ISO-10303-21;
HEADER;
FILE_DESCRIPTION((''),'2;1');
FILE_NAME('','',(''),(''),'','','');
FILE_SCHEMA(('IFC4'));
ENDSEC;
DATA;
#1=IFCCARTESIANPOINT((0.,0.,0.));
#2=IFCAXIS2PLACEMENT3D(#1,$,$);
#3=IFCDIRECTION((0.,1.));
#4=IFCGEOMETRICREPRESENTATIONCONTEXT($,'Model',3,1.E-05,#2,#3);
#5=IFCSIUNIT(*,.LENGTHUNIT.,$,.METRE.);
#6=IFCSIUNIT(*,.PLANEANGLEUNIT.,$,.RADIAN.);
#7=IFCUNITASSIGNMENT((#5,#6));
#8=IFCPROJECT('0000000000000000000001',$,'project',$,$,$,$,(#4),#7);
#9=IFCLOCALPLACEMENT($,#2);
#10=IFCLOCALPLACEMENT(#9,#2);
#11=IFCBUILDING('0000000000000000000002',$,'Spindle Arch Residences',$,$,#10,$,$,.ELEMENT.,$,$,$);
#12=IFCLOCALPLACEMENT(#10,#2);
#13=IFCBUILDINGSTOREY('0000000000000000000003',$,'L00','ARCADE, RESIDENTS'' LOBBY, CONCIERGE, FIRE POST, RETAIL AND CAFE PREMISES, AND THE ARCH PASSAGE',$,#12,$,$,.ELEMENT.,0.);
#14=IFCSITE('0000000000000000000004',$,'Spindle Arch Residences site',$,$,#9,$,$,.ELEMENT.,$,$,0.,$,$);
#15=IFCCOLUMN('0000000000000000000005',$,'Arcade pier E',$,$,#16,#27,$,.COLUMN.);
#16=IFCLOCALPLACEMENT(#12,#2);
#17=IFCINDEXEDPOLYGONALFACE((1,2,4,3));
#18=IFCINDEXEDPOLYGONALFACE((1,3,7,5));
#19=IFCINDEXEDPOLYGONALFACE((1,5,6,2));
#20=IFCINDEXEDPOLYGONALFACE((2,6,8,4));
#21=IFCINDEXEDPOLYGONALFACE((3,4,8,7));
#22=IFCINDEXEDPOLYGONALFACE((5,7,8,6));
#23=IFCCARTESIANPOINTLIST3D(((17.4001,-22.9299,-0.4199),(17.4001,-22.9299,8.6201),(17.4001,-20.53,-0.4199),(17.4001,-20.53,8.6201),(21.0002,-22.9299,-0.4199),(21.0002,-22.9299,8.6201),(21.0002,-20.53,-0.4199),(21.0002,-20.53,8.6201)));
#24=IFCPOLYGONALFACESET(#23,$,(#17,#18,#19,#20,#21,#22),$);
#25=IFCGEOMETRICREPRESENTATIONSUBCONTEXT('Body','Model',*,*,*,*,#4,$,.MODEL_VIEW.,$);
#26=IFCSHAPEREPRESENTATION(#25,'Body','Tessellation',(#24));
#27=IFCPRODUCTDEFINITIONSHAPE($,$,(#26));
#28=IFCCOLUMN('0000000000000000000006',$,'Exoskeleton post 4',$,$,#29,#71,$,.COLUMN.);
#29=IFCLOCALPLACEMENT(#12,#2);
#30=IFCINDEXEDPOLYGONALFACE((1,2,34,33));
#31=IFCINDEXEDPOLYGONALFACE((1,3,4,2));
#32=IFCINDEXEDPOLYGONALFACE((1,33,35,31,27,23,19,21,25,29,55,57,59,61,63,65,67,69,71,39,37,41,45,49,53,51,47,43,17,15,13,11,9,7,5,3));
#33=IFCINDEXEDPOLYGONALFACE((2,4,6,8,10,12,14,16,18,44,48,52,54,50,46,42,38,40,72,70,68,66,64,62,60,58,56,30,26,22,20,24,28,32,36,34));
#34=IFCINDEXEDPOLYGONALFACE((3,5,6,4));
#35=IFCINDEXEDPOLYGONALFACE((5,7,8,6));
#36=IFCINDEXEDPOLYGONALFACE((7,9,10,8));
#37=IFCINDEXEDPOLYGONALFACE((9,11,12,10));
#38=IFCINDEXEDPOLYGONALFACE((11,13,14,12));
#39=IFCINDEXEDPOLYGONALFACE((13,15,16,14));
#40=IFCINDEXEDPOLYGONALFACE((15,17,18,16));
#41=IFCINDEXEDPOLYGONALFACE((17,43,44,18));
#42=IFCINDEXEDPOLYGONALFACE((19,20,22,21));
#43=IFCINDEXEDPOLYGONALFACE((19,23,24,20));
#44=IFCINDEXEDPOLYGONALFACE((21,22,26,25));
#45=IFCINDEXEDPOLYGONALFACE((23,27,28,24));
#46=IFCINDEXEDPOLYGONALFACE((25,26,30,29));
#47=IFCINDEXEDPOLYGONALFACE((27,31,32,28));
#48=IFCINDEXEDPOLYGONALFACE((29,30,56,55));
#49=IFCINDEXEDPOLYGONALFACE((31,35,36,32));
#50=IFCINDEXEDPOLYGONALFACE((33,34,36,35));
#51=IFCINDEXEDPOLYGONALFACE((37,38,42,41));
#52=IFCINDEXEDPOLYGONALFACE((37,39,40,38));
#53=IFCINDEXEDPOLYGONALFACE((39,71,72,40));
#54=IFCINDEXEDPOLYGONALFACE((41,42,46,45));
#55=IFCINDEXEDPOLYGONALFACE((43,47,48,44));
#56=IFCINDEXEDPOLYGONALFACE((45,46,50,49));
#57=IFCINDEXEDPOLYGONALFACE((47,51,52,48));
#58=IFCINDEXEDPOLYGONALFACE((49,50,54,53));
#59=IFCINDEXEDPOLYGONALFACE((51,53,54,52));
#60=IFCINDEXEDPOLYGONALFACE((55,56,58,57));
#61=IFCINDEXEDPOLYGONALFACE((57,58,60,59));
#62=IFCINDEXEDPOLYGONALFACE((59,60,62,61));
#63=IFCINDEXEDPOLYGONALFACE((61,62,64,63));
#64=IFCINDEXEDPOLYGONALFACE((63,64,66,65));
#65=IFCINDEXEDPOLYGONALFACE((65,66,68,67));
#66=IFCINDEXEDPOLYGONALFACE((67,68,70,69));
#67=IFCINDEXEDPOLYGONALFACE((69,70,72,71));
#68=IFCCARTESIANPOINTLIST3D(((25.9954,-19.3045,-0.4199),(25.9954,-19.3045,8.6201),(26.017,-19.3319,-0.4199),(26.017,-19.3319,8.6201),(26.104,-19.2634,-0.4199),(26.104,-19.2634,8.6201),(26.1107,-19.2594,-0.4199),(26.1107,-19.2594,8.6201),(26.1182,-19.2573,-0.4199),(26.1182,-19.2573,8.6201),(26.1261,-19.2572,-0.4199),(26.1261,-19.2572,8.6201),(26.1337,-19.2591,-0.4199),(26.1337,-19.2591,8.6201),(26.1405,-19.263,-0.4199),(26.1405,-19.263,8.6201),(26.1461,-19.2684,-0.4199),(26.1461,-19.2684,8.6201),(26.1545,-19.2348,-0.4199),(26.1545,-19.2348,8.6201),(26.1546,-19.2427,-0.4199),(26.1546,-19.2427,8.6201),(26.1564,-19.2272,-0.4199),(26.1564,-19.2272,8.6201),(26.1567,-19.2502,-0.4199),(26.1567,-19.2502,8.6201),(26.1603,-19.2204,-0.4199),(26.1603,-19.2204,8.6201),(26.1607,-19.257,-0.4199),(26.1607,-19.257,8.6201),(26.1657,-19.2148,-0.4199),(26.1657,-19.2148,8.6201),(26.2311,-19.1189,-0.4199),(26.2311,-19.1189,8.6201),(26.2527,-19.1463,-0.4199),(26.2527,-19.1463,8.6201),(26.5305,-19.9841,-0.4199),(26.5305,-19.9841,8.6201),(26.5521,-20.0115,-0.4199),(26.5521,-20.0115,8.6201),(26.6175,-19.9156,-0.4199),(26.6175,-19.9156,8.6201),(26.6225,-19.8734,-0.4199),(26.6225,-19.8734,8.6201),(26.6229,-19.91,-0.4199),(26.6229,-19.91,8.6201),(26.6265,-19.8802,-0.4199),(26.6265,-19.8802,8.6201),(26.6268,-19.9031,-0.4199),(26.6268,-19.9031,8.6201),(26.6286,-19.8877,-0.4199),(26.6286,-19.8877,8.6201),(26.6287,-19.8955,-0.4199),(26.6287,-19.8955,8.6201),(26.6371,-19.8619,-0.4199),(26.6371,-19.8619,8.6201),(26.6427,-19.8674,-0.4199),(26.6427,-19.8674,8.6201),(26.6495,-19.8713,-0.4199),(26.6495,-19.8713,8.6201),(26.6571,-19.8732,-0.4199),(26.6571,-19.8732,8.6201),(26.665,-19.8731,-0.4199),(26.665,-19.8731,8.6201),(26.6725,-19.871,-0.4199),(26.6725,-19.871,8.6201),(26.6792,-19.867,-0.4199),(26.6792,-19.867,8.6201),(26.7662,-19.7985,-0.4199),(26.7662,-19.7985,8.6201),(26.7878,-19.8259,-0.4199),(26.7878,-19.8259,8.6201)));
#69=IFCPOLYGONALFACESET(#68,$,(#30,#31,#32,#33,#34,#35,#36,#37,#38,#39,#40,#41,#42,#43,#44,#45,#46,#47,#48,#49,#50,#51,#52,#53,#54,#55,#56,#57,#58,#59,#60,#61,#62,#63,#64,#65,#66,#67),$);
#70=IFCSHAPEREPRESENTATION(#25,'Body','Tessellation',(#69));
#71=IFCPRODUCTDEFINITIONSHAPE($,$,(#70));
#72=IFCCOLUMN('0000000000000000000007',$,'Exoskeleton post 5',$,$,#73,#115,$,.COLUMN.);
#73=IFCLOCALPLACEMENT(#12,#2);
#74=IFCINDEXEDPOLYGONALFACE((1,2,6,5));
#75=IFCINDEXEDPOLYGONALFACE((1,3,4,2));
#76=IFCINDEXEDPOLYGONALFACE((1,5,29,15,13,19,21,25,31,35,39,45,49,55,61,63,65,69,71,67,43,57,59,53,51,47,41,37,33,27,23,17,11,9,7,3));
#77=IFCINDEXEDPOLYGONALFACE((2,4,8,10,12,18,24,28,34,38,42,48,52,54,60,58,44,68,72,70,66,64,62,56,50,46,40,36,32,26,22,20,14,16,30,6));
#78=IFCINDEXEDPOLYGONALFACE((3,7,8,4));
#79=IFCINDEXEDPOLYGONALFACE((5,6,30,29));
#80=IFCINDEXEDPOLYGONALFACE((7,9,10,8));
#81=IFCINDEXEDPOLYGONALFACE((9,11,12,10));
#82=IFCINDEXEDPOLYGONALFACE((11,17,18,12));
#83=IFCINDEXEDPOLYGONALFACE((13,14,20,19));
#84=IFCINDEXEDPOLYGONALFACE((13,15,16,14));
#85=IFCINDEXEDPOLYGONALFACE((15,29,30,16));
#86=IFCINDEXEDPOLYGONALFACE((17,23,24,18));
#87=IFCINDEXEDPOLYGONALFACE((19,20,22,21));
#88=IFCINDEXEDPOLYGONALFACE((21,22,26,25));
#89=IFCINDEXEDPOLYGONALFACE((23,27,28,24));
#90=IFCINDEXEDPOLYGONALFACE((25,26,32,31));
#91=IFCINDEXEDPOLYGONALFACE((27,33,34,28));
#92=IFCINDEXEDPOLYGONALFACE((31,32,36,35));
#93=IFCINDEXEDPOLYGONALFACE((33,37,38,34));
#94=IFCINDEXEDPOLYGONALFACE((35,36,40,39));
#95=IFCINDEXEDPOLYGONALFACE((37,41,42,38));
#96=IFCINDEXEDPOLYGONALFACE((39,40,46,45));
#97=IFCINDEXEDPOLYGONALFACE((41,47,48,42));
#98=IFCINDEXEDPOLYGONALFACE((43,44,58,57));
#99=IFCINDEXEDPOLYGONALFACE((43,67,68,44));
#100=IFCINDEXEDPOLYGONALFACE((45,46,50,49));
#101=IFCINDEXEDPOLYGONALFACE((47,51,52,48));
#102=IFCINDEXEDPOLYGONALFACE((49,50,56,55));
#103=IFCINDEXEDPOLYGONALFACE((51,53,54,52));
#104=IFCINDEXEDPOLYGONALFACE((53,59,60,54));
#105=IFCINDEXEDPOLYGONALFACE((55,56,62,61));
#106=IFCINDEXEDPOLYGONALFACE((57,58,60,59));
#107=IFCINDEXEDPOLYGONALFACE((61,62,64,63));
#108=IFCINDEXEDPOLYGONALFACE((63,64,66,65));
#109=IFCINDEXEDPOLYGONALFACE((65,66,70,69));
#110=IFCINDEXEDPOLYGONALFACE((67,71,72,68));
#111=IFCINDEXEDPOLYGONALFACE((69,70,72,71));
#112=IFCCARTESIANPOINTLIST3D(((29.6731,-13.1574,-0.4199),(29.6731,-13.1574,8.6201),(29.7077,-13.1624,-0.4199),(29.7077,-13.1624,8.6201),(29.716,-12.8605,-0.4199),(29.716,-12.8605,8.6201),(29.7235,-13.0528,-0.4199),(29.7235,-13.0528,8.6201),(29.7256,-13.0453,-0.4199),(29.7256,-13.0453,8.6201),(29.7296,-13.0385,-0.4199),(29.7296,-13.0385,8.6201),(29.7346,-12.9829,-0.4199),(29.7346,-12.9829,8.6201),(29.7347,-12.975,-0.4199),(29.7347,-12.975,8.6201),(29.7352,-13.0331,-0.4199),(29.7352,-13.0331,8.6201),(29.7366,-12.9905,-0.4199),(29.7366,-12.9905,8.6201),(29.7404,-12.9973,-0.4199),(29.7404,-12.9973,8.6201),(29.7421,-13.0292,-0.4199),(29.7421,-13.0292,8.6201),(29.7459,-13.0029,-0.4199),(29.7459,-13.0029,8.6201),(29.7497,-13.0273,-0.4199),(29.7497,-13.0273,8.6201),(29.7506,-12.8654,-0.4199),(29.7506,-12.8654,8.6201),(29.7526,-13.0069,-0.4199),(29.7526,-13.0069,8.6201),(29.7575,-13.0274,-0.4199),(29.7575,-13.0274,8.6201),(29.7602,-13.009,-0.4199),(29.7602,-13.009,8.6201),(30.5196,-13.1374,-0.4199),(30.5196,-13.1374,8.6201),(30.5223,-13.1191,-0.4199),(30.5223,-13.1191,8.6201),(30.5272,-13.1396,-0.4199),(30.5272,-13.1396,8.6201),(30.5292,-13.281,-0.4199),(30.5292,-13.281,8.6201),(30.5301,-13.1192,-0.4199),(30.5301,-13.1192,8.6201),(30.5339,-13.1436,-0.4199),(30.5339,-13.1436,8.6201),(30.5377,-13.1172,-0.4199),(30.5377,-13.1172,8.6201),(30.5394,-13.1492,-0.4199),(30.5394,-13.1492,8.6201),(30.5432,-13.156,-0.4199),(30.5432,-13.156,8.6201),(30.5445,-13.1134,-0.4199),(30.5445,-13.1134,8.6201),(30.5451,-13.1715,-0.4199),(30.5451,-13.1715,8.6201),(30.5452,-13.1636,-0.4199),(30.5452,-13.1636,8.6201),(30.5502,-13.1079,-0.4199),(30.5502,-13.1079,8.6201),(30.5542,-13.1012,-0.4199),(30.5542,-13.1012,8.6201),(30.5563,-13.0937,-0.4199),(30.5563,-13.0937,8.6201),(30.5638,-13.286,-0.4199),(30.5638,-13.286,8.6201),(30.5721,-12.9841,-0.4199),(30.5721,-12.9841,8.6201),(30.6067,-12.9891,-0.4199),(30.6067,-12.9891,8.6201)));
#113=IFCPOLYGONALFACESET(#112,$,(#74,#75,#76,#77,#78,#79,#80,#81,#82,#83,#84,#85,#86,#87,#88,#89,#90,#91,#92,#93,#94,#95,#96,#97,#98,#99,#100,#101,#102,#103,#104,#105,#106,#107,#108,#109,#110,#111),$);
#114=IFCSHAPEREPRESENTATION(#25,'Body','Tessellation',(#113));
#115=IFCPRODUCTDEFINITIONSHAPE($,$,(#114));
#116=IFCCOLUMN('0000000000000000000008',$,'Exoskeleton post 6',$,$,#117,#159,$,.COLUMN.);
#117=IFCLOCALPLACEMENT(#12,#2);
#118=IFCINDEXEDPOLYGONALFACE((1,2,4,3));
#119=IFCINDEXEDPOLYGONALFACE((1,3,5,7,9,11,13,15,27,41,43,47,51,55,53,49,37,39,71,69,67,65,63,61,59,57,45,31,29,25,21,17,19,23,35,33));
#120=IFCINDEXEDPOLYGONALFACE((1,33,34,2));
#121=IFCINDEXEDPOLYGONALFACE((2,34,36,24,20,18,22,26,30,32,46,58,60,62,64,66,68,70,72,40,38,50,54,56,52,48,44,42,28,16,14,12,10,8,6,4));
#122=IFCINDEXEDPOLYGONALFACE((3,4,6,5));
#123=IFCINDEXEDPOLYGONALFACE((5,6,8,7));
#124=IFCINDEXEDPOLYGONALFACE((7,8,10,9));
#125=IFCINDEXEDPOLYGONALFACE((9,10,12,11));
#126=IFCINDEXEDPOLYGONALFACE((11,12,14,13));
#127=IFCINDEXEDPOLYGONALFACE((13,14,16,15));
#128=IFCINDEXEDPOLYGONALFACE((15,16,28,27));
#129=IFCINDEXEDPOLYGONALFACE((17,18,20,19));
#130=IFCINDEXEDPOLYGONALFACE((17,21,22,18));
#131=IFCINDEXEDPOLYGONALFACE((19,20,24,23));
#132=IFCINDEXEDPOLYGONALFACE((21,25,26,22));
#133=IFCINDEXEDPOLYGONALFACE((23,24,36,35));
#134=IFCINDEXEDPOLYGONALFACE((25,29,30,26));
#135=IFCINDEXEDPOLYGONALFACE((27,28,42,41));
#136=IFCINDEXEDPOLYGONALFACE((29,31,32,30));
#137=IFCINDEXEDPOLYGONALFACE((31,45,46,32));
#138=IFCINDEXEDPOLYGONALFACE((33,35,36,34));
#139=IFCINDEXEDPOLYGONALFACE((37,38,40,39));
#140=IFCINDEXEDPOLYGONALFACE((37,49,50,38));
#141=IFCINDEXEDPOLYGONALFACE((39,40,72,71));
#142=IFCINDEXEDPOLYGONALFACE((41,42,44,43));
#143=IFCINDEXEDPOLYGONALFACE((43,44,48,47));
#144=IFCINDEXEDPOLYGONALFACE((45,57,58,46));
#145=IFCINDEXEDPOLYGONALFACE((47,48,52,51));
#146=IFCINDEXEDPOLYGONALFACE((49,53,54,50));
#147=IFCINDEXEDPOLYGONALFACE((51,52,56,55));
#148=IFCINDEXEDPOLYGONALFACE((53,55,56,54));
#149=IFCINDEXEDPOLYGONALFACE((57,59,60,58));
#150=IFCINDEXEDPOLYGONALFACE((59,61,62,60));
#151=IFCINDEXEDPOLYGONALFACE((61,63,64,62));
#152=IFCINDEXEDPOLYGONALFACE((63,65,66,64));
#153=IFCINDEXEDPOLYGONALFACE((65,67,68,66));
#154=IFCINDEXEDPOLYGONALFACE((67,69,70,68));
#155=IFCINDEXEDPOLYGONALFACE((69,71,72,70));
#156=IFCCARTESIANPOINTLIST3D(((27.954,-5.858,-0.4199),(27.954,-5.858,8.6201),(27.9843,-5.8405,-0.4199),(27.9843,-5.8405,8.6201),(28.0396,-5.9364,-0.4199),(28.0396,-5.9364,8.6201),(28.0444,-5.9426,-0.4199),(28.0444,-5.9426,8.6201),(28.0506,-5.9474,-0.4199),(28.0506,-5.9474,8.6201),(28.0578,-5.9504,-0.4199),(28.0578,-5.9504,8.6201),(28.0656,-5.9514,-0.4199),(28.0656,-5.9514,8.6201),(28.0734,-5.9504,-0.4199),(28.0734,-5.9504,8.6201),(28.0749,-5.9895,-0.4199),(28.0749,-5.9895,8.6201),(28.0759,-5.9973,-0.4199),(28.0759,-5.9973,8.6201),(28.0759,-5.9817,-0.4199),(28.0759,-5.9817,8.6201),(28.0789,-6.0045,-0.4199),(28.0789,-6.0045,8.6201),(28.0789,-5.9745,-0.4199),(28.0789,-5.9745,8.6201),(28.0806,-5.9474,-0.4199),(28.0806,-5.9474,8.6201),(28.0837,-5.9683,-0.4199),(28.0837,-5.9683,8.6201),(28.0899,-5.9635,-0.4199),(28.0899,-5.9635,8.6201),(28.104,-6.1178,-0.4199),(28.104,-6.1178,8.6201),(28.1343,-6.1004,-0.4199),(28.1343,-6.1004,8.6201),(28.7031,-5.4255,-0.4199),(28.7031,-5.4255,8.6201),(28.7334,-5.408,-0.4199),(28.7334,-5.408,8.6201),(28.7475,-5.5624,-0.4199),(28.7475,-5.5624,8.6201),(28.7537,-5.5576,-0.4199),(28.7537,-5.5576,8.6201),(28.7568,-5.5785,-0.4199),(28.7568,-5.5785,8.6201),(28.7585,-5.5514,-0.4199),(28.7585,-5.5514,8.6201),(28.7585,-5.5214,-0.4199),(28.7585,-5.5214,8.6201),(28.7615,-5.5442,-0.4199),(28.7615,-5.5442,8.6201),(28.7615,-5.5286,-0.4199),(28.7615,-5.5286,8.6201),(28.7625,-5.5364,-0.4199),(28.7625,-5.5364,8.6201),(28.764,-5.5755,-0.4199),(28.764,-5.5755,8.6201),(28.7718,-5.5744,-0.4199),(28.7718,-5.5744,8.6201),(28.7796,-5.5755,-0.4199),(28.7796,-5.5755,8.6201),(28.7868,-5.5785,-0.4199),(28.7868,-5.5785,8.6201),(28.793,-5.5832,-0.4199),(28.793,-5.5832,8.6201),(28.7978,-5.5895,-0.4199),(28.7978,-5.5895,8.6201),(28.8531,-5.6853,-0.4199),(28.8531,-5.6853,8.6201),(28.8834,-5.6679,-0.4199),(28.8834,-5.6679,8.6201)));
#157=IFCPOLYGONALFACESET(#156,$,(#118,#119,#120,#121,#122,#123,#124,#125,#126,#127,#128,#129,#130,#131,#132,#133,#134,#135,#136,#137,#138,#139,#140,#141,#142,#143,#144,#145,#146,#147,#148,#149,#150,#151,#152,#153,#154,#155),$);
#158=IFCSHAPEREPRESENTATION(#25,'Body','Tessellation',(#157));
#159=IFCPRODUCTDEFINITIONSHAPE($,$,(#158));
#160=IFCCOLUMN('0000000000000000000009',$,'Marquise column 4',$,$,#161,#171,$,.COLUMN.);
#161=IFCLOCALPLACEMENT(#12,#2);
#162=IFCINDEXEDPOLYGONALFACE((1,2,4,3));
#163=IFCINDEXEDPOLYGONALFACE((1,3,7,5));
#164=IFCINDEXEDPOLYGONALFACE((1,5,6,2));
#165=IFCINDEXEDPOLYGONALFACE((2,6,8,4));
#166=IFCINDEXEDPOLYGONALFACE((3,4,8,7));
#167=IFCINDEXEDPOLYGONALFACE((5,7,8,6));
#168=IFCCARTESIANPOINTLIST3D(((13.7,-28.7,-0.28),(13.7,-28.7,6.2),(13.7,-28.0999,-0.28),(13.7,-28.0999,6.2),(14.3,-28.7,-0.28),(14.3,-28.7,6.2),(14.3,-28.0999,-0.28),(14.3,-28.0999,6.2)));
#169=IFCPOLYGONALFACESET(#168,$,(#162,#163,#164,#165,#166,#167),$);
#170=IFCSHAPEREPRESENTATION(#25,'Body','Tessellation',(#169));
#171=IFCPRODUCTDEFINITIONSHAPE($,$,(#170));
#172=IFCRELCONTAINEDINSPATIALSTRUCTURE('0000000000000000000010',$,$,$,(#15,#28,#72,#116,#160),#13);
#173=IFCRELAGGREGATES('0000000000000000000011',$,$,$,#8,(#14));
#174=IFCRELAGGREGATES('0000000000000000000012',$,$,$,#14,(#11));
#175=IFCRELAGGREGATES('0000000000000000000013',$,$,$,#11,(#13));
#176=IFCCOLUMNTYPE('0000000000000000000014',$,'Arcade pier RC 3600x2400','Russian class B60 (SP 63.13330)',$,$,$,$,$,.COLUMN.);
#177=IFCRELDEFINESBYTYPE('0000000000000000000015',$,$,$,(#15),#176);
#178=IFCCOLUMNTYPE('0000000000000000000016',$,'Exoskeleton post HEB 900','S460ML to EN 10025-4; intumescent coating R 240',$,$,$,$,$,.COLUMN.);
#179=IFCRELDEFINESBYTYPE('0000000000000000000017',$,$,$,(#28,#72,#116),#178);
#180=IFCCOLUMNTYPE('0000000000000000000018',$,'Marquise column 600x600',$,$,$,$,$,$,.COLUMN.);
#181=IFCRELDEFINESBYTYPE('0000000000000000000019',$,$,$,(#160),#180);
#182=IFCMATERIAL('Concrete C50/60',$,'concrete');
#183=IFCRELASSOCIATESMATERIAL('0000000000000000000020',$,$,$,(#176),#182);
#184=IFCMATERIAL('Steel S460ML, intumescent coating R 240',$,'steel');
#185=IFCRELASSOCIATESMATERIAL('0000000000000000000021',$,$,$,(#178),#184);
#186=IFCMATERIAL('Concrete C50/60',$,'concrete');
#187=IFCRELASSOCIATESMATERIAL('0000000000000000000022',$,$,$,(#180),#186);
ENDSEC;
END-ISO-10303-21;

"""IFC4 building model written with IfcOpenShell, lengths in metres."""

from ifc_helpers import new_model, si_unit, direction, frame, origin, origin_2d, place, context, subcontext, project, spatial, rectangle, i_section, extrude, material, material_profile, profile_set, type_object, element, save


model = new_model("IFC4")

# Units and contexts
model_context = context("Model", 3, precision=1e-05, world=origin(), true_north=direction((0.0, 1.0)))
body_context = subcontext(model_context, "Body", "Model", "MODEL_VIEW")
ifc_project = project(units=[si_unit("LENGTHUNIT", "METRE"), si_unit("PLANEANGLEUNIT", "RADIAN")], contexts=[model_context])

# Site, building, storey
site_placement = place(None, origin())
site = spatial("IfcSite", under=ifc_project, at=site_placement, Name="Spindle Arch Residences site", CompositionType="ELEMENT", RefElevation=0.0)
building_placement = place(site_placement, origin())
building = spatial("IfcBuilding", under=site, at=building_placement, Name="Spindle Arch Residences", CompositionType="ELEMENT")
storey_placement = place(building_placement, origin())
storey = spatial("IfcBuildingStorey", under=building, at=storey_placement, Name="L00", Description="ARCADE, RESIDENTS' LOBBY, CONCIERGE, FIRE POST, RETAIL AND CAFE PREMISES, AND THE ARCH PASSAGE", CompositionType="ELEMENT", Elevation=0.0)

# Columns
ifc_material_1 = material(Name="Concrete C50/60", Category="concrete")
ifc_material_profile_1 = material_profile(ifc_material_1, rectangle(XDim=3.6001, YDim=2.3999, at=origin_2d()), Name="RC 3600x2400")
ifc_profile_set_1 = profile_set([ifc_material_profile_1], Name="Concrete C50/60")
column_type_1 = type_object("IfcColumnType", Name="Arcade pier RC 3600x2400", Description="Russian class B60 (SP 63.13330)", PredefinedType="COLUMN", material=ifc_profile_set_1)
column_1_placement = place(storey_placement, frame((19.2002, -21.73, -0.4199), z_axis=(0.0, 0.0, 1.0), x_axis=(1.0, 0.0, 0.0)))
element("IfcColumn", 1, at=column_1_placement, inside=storey, type_object=column_type_1, Name="Arcade pier E", PredefinedType="COLUMN", context=body_context, shape_type="SweptSolid", body=[
    extrude(rectangle(XDim=3.6001, YDim=2.3999, at=origin_2d()), origin(), (0.0, 0.0, 1.0), 9.04),
])
ifc_material_2 = material(Name="Steel S460ML, intumescent coating R 240", Category="steel")
ifc_material_profile_2 = material_profile(ifc_material_2, i_section(OverallWidth=0.3, OverallDepth=0.8999, WebThickness=0.0186, FlangeThickness=0.0349, FilletRadius=0.03, at=origin_2d()), Name="HEB 900")
ifc_profile_set_2 = profile_set([ifc_material_profile_2], Name="Steel S460ML, intumescent coating R 240")
column_type_2 = type_object("IfcColumnType", Name="Exoskeleton post HEB 900", Description="S460ML to EN 10025-4; intumescent coating R 240", PredefinedType="COLUMN", material=ifc_profile_set_2)
for number, where, z_axis, x_axis, name in (
    (2, (26.3916, -19.5652, -0.4199), (0.0, 0.0, 1.0), (-0.785684, -0.618629, 0.0), "Exoskeleton post 4"),
    (3, (30.1399, -13.0732, -0.4199), (0.0, 0.0, 1.0), (-0.142906, -0.989736, 0.0), "Exoskeleton post 5"),
    (4, (28.4187, -5.7629, -0.4199), (0.0, 0.0, 1.0), (0.5, -0.866025, 0.0), "Exoskeleton post 6"),
):
    element("IfcColumn", number, at=place(storey_placement, frame(where, z_axis=z_axis, x_axis=x_axis)), inside=storey, type_object=column_type_2, Name=name, PredefinedType="COLUMN", context=body_context, shape_type="SweptSolid", body=[
        extrude(i_section(OverallWidth=0.3, OverallDepth=0.8999, WebThickness=0.0186, FlangeThickness=0.0349, FilletRadius=0.03, at=origin_2d()), origin(), (0.0, 0.0, 1.0), 9.04),
    ])
ifc_material_3 = material(Name="Concrete C50/60", Category="concrete")
ifc_material_profile_3 = material_profile(ifc_material_3, rectangle(XDim=0.6001, YDim=0.6001, at=origin_2d()), Name="RC 600x600")
ifc_profile_set_3 = profile_set([ifc_material_profile_3], Name="Concrete C50/60")
column_type_3 = type_object("IfcColumnType", Name="Marquise column 600x600", PredefinedType="COLUMN", material=ifc_profile_set_3)
column_2_placement = place(storey_placement, frame((14.0, -28.3999, -0.28), z_axis=(0.0, 0.0, 1.0), x_axis=(1.0, 0.0, 0.0)))
element("IfcColumn", 5, at=column_2_placement, inside=storey, type_object=column_type_3, Name="Marquise column 4", PredefinedType="COLUMN", context=body_context, shape_type="SweptSolid", body=[
    extrude(rectangle(XDim=0.6001, YDim=0.6001, at=origin_2d()), origin(), (0.0, 0.0, 1.0), 6.48),
])

save(model, "model.ifc")
